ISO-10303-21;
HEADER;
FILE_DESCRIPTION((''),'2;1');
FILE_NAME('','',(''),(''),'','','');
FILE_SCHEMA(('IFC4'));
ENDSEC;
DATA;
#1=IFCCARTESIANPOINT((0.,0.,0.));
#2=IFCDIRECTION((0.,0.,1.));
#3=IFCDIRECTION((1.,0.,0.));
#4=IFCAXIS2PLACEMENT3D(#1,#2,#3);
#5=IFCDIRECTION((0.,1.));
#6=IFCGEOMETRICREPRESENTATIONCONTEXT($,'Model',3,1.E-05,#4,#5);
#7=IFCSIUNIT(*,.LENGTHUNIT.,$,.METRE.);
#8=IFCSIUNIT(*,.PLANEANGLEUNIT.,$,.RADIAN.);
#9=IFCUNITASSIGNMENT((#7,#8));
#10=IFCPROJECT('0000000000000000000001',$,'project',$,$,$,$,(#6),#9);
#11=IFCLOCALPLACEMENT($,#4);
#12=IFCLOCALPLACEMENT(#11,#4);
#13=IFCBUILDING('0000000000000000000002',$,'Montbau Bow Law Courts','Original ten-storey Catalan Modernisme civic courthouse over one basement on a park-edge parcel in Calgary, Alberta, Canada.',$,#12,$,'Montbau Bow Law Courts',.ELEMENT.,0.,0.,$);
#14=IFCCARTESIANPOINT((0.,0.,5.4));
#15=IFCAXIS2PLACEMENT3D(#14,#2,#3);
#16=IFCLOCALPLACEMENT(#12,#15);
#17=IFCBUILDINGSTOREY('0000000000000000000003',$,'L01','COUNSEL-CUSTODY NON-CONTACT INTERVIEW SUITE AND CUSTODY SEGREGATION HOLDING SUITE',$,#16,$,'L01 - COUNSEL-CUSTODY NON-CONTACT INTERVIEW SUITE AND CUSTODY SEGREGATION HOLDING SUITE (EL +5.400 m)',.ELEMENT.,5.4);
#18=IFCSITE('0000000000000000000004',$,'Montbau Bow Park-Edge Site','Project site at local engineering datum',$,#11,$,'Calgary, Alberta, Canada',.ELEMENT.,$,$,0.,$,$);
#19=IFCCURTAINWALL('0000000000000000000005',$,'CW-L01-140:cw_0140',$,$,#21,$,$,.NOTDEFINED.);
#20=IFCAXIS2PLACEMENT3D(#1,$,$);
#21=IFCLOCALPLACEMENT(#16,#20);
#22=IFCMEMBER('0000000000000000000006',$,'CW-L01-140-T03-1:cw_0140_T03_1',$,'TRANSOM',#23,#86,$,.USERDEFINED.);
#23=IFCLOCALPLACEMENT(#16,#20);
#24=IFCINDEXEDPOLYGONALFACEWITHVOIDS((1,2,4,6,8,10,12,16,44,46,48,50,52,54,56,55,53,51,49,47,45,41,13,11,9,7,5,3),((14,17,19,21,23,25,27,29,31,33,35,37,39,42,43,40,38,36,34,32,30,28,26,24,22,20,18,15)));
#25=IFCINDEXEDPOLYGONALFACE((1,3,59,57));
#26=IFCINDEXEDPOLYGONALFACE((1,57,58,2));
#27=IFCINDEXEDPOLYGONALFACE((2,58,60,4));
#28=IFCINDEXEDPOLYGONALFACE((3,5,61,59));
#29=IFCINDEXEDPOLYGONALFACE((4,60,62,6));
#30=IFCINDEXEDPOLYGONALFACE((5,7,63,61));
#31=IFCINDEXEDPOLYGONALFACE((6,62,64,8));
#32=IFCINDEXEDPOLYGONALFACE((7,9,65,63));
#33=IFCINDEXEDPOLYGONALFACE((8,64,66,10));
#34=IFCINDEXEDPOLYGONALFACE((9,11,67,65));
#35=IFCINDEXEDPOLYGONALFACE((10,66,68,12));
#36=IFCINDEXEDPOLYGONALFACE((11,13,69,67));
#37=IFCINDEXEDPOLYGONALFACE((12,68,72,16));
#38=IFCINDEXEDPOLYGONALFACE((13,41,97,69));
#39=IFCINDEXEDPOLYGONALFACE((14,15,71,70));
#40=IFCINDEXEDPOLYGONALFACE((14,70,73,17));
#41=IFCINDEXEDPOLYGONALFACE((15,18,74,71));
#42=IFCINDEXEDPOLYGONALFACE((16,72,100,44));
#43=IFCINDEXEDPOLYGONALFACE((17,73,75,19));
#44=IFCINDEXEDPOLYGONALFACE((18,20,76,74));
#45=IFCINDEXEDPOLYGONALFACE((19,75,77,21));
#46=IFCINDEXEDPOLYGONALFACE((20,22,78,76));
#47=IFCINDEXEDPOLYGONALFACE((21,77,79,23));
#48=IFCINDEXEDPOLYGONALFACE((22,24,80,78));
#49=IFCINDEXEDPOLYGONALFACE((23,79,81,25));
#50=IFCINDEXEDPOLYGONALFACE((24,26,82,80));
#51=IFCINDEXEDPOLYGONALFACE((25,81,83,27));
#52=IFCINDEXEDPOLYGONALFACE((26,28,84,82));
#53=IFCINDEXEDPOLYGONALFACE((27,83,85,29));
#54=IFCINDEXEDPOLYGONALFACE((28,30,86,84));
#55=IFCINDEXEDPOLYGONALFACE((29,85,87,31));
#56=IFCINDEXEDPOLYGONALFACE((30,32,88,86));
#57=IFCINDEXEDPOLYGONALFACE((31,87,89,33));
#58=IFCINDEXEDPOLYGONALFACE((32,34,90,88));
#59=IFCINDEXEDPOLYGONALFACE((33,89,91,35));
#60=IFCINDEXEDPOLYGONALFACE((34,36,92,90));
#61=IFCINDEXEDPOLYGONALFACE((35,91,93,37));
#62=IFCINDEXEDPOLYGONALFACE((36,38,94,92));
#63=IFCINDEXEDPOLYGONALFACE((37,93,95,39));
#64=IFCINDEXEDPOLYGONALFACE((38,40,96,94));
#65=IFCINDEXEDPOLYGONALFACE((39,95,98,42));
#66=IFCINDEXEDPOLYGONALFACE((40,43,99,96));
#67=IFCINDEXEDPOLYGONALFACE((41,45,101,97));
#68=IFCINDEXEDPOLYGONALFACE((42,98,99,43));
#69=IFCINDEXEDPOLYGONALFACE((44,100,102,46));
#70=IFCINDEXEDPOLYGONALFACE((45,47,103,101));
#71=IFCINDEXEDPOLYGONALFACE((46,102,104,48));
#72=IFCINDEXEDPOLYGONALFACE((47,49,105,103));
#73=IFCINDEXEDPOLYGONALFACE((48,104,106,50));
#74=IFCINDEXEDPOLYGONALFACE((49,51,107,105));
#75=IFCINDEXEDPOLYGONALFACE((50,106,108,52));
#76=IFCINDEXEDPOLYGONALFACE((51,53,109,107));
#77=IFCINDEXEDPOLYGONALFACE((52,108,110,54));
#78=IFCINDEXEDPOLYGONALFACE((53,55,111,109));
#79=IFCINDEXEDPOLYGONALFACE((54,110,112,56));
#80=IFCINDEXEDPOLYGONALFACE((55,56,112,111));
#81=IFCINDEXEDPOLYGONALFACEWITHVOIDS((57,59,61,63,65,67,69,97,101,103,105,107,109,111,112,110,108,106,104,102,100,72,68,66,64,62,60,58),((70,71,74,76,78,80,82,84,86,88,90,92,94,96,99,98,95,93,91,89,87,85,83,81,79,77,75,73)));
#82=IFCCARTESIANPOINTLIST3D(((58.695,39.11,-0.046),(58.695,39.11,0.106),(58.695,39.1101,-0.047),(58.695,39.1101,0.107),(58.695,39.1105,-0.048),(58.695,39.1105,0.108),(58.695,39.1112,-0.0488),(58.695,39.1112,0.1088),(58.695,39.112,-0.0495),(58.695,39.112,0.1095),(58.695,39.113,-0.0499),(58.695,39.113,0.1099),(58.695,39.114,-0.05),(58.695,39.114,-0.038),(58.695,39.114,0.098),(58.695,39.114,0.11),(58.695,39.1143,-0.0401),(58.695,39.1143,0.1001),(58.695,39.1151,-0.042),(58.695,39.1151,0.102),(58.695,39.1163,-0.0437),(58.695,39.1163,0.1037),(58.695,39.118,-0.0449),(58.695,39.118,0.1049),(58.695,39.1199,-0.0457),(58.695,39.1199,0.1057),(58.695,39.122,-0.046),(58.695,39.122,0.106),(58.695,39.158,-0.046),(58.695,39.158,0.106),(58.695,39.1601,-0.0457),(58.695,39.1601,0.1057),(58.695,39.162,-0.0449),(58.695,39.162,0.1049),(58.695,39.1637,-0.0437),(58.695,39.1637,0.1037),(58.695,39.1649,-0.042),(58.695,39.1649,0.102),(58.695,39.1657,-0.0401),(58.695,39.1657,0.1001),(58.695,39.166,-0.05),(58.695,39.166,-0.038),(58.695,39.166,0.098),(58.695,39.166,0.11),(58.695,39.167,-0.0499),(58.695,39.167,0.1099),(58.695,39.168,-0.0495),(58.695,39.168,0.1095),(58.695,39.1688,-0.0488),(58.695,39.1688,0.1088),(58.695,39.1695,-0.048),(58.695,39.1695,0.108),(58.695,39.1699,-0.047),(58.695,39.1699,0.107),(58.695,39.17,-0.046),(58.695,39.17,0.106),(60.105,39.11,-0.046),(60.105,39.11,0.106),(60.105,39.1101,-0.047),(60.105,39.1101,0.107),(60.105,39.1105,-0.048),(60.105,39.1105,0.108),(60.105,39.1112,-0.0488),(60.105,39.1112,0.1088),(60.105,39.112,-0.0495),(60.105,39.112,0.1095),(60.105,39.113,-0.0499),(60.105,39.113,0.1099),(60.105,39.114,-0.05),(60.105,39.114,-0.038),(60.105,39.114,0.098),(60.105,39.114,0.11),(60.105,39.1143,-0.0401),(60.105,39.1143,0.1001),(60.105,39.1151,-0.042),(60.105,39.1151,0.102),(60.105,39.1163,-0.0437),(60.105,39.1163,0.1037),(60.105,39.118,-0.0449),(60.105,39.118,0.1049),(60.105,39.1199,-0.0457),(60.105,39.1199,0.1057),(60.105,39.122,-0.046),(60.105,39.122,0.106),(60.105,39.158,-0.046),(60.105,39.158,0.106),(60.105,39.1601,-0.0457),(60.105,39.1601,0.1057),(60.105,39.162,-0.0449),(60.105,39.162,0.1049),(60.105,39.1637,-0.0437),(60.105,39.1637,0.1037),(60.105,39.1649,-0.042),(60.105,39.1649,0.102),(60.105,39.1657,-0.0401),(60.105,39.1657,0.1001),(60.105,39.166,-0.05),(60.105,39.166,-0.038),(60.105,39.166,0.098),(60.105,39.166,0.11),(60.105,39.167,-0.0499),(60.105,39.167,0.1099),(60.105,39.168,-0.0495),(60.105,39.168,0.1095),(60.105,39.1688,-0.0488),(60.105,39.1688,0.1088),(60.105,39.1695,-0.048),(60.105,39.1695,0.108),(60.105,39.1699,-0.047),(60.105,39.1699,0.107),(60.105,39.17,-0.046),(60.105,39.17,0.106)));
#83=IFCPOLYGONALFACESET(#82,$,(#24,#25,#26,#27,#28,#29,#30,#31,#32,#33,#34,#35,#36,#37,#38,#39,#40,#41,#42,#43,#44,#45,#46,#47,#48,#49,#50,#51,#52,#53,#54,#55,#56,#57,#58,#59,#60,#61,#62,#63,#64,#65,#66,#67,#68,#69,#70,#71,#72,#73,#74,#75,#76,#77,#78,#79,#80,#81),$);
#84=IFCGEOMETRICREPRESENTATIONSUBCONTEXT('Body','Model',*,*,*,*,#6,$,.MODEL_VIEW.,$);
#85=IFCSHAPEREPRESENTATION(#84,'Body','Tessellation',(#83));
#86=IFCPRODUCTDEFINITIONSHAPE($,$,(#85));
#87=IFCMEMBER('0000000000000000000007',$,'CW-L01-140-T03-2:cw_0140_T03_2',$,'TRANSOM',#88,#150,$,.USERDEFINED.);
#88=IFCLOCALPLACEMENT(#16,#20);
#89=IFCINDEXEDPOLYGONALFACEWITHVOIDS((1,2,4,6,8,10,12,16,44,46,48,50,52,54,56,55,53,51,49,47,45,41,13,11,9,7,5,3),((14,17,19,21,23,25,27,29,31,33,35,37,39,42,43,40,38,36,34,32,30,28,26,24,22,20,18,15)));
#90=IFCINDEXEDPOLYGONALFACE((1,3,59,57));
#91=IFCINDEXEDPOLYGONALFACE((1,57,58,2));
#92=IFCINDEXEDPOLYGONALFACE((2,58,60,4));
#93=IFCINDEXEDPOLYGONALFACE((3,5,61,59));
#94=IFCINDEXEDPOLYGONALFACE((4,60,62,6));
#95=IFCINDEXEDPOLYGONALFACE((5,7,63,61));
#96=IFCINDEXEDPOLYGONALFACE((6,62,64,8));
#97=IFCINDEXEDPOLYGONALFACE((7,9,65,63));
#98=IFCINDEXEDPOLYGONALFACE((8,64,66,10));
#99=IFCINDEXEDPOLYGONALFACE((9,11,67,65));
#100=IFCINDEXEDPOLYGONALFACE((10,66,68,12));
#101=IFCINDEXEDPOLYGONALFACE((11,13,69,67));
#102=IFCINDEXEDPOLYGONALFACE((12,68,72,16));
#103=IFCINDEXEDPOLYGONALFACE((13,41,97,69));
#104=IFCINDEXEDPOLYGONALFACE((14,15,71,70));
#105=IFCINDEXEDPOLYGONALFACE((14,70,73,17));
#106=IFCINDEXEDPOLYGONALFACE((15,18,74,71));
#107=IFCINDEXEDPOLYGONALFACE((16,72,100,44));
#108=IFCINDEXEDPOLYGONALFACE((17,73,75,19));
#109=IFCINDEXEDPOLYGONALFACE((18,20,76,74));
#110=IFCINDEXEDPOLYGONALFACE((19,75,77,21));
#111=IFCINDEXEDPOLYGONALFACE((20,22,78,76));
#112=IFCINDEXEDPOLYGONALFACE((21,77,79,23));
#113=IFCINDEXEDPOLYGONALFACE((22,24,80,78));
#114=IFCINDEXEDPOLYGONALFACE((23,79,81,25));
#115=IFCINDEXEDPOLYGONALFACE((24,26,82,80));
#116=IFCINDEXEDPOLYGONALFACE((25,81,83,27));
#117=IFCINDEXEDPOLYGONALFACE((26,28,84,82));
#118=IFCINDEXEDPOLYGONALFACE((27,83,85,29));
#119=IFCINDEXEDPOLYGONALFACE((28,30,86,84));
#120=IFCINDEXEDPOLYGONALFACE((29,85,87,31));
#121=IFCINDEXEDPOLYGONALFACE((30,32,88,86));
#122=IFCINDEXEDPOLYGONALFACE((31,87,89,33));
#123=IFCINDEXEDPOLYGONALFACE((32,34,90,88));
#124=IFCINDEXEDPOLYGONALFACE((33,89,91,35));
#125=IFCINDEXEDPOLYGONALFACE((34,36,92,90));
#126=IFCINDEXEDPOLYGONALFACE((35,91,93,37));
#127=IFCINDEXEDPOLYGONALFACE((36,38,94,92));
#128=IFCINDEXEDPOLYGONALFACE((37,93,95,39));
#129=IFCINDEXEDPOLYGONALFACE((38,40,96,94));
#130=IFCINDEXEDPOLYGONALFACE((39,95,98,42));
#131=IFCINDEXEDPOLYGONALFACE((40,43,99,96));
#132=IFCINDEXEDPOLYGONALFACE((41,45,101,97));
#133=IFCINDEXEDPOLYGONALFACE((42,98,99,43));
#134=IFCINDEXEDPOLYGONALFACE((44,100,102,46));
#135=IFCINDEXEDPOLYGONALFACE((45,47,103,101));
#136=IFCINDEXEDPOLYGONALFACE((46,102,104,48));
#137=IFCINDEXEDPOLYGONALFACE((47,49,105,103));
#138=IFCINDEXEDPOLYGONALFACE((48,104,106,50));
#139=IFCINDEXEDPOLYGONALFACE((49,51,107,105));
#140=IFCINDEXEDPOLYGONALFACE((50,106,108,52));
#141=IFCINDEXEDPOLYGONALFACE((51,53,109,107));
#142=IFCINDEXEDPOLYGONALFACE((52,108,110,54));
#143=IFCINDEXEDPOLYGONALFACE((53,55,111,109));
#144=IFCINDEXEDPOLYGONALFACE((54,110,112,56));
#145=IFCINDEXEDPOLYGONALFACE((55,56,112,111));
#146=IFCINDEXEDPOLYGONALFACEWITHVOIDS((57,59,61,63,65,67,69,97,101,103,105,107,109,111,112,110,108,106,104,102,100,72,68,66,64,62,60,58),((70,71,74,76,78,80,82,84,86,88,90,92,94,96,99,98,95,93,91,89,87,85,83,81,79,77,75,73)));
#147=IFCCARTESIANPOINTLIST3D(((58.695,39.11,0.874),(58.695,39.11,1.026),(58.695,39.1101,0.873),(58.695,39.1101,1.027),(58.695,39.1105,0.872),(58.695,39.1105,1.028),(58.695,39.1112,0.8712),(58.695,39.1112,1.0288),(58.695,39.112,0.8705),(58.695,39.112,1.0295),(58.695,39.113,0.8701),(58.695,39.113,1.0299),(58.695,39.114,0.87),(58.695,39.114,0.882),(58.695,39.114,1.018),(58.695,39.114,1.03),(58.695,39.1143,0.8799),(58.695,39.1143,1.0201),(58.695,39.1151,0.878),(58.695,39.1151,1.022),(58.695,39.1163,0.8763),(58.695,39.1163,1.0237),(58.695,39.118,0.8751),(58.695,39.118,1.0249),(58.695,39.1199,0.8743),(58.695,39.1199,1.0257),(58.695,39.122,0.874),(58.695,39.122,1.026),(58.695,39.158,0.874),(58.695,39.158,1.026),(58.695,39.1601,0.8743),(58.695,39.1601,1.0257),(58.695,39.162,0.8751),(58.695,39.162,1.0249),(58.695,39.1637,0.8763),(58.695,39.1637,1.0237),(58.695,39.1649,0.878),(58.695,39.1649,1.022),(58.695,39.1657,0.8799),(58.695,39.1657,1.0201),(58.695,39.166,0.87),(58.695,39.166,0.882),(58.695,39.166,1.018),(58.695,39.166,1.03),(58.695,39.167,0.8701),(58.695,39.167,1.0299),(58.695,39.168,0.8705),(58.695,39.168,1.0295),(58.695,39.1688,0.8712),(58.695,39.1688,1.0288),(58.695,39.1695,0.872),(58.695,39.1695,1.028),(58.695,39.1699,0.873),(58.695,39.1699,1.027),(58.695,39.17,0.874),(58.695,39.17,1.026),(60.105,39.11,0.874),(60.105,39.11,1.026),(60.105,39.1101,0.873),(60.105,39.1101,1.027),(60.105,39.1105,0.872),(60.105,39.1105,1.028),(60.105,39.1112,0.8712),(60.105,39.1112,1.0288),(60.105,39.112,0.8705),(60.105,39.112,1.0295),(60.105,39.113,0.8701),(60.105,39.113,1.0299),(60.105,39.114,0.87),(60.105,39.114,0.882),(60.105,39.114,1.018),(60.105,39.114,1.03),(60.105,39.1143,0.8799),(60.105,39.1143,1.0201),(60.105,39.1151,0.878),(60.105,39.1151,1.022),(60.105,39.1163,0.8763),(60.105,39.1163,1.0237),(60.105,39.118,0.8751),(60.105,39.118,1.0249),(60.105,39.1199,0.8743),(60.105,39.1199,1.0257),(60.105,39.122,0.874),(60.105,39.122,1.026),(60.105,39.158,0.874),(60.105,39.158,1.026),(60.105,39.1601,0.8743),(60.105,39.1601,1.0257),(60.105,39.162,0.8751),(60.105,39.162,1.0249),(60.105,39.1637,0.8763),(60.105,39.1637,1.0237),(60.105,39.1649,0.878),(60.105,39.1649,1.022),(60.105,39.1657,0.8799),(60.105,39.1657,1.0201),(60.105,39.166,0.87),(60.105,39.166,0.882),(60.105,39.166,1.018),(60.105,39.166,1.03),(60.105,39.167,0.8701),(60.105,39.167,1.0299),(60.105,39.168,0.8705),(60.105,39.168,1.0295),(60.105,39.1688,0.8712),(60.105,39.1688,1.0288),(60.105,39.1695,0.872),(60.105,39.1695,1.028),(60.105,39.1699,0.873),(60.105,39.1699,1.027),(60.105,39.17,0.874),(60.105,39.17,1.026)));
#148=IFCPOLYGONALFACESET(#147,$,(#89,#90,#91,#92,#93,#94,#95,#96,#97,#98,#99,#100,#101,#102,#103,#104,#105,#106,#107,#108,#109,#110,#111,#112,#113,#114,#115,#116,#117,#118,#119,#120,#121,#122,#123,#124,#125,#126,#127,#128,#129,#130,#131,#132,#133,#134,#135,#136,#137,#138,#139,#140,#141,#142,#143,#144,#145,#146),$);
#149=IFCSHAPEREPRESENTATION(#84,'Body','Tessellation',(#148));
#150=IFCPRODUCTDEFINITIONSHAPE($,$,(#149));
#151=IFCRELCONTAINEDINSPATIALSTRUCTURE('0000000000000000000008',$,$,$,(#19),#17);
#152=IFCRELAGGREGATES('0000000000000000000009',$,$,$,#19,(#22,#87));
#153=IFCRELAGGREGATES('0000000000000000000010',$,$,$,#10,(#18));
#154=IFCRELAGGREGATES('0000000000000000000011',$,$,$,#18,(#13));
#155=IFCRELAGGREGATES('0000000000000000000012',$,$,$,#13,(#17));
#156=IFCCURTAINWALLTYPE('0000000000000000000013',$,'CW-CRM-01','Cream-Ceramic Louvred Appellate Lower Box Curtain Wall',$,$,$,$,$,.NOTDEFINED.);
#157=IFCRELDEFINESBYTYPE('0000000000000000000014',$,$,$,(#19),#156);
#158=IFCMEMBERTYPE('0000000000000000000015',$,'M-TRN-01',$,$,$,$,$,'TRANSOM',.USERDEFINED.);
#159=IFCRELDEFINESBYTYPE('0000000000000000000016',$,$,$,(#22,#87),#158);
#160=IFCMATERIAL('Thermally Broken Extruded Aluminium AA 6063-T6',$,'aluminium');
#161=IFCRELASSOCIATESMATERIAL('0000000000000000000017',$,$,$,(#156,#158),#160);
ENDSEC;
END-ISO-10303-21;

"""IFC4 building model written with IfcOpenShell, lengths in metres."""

from ifc_helpers import new_model, si_unit, direction, frame, origin_with_axes, origin_2d_with_axis, place, context, subcontext, project, spatial, hollow_rectangle, extrude, material, material_profile, profile_set, type_object, element, aggregate, save


model = new_model("IFC4")

# Units and contexts
model_context = context("Model", 3, precision=1e-05, world=origin_with_axes(), true_north=direction((0.0, 1.0)))
body_context = subcontext(model_context, "Body", "Model", "MODEL_VIEW")
ifc_project = project(units=[si_unit("LENGTHUNIT", "METRE"), si_unit("PLANEANGLEUNIT", "RADIAN")], contexts=[model_context])

# Site, building, storey
site_placement = place(None, origin_with_axes())
site = spatial("IfcSite", under=ifc_project, at=site_placement, Name="Montbau Bow Park-Edge Site", Description="Project site at local engineering datum", LongName="Calgary, Alberta, Canada", CompositionType="ELEMENT", RefElevation=0.0)
building_placement = place(site_placement, origin_with_axes())
building = spatial("IfcBuilding", under=site, at=building_placement, Name="Montbau Bow Law Courts", Description="Original ten-storey Catalan Modernisme civic courthouse over one basement on a park-edge parcel in Calgary, Alberta, Canada.", LongName="Montbau Bow Law Courts", CompositionType="ELEMENT", ElevationOfRefHeight=0.0, ElevationOfTerrain=0.0)
storey_placement = place(building_placement, frame((0.0, 0.0, 5.4), z_axis=(0.0, 0.0, 1.0), x_axis=(1.0, 0.0, 0.0)))
storey = spatial("IfcBuildingStorey", under=building, at=storey_placement, Name="L01", Description="COUNSEL-CUSTODY NON-CONTACT INTERVIEW SUITE AND CUSTODY SEGREGATION HOLDING SUITE", LongName="L01 - COUNSEL-CUSTODY NON-CONTACT INTERVIEW SUITE AND CUSTODY SEGREGATION HOLDING SUITE (EL +5.400 m)", CompositionType="ELEMENT", Elevation=5.4)

# Shared definitions
ifc_material_1 = material(Name="Thermally Broken Extruded Aluminium AA 6063-T6", Category="aluminium")
curtain_wall_type = type_object("IfcCurtainWallType", Name="CW-CRM-01", Description="Cream-Ceramic Louvred Appellate Lower Box Curtain Wall", PredefinedType="NOTDEFINED", material=ifc_material_1)

# Curtain wall, members
curtain_wall_1_placement = place(None, frame((55.715, 39.14, 5.4), z_axis=(0.0, 0.0, 1.0), x_axis=(1.0, 0.0, 0.0)))
curtain_wall_1 = element("IfcCurtainWall", 1, at=curtain_wall_1_placement, inside=storey, type_object=curtain_wall_type, Name="CW-L01-140:cw_0140", PredefinedType="NOTDEFINED")
ifc_material_profile_1 = material_profile(ifc_material_1, hollow_rectangle(XDim=0.06, YDim=0.16, WallThickness=0.004, InnerFilletRadius=0.008, OuterFilletRadius=0.004, at=origin_2d_with_axis()), Name="CWT-160X60", Category="Main", Priority=0)
ifc_profile_set_1 = profile_set([ifc_material_profile_1], Name="Thermally Broken Extruded Aluminium AA 6063-T6")
member_type_1 = type_object("IfcMemberType", Name="M-TRN-01", ElementType="TRANSOM", PredefinedType="USERDEFINED", material=ifc_profile_set_1)
member_1_placement = place(None, frame((58.695, 39.14, 5.43), z_axis=(1.0, 0.0, 0.0), x_axis=(0.0, 1.0, 0.0)))
member_1 = element("IfcMember", 2, at=member_1_placement, type_object=member_type_1, Name="CW-L01-140-T03-1:cw_0140_T03_1", ObjectType="TRANSOM", PredefinedType="USERDEFINED", context=body_context, shape_type="SweptSolid", body=[
    extrude(hollow_rectangle(XDim=0.06, YDim=0.16, WallThickness=0.004, InnerFilletRadius=0.008, OuterFilletRadius=0.004, at=origin_2d_with_axis()), origin_with_axes(), (0.0, 0.0, 1.0), 1.41),
])
member_2_placement = place(None, frame((58.695, 39.14, 6.35), z_axis=(1.0, 0.0, 0.0), x_axis=(0.0, 1.0, 0.0)))
member_2 = element("IfcMember", 3, at=member_2_placement, type_object=member_type_1, Name="CW-L01-140-T03-2:cw_0140_T03_2", ObjectType="TRANSOM", PredefinedType="USERDEFINED", context=body_context, shape_type="SweptSolid", body=[
    extrude(hollow_rectangle(XDim=0.06, YDim=0.16, WallThickness=0.004, InnerFilletRadius=0.008, OuterFilletRadius=0.004, at=origin_2d_with_axis()), origin_with_axes(), (0.0, 0.0, 1.0), 1.41),
])
aggregate(curtain_wall_1, [member_1, member_2])

save(model, "model.ifc")
